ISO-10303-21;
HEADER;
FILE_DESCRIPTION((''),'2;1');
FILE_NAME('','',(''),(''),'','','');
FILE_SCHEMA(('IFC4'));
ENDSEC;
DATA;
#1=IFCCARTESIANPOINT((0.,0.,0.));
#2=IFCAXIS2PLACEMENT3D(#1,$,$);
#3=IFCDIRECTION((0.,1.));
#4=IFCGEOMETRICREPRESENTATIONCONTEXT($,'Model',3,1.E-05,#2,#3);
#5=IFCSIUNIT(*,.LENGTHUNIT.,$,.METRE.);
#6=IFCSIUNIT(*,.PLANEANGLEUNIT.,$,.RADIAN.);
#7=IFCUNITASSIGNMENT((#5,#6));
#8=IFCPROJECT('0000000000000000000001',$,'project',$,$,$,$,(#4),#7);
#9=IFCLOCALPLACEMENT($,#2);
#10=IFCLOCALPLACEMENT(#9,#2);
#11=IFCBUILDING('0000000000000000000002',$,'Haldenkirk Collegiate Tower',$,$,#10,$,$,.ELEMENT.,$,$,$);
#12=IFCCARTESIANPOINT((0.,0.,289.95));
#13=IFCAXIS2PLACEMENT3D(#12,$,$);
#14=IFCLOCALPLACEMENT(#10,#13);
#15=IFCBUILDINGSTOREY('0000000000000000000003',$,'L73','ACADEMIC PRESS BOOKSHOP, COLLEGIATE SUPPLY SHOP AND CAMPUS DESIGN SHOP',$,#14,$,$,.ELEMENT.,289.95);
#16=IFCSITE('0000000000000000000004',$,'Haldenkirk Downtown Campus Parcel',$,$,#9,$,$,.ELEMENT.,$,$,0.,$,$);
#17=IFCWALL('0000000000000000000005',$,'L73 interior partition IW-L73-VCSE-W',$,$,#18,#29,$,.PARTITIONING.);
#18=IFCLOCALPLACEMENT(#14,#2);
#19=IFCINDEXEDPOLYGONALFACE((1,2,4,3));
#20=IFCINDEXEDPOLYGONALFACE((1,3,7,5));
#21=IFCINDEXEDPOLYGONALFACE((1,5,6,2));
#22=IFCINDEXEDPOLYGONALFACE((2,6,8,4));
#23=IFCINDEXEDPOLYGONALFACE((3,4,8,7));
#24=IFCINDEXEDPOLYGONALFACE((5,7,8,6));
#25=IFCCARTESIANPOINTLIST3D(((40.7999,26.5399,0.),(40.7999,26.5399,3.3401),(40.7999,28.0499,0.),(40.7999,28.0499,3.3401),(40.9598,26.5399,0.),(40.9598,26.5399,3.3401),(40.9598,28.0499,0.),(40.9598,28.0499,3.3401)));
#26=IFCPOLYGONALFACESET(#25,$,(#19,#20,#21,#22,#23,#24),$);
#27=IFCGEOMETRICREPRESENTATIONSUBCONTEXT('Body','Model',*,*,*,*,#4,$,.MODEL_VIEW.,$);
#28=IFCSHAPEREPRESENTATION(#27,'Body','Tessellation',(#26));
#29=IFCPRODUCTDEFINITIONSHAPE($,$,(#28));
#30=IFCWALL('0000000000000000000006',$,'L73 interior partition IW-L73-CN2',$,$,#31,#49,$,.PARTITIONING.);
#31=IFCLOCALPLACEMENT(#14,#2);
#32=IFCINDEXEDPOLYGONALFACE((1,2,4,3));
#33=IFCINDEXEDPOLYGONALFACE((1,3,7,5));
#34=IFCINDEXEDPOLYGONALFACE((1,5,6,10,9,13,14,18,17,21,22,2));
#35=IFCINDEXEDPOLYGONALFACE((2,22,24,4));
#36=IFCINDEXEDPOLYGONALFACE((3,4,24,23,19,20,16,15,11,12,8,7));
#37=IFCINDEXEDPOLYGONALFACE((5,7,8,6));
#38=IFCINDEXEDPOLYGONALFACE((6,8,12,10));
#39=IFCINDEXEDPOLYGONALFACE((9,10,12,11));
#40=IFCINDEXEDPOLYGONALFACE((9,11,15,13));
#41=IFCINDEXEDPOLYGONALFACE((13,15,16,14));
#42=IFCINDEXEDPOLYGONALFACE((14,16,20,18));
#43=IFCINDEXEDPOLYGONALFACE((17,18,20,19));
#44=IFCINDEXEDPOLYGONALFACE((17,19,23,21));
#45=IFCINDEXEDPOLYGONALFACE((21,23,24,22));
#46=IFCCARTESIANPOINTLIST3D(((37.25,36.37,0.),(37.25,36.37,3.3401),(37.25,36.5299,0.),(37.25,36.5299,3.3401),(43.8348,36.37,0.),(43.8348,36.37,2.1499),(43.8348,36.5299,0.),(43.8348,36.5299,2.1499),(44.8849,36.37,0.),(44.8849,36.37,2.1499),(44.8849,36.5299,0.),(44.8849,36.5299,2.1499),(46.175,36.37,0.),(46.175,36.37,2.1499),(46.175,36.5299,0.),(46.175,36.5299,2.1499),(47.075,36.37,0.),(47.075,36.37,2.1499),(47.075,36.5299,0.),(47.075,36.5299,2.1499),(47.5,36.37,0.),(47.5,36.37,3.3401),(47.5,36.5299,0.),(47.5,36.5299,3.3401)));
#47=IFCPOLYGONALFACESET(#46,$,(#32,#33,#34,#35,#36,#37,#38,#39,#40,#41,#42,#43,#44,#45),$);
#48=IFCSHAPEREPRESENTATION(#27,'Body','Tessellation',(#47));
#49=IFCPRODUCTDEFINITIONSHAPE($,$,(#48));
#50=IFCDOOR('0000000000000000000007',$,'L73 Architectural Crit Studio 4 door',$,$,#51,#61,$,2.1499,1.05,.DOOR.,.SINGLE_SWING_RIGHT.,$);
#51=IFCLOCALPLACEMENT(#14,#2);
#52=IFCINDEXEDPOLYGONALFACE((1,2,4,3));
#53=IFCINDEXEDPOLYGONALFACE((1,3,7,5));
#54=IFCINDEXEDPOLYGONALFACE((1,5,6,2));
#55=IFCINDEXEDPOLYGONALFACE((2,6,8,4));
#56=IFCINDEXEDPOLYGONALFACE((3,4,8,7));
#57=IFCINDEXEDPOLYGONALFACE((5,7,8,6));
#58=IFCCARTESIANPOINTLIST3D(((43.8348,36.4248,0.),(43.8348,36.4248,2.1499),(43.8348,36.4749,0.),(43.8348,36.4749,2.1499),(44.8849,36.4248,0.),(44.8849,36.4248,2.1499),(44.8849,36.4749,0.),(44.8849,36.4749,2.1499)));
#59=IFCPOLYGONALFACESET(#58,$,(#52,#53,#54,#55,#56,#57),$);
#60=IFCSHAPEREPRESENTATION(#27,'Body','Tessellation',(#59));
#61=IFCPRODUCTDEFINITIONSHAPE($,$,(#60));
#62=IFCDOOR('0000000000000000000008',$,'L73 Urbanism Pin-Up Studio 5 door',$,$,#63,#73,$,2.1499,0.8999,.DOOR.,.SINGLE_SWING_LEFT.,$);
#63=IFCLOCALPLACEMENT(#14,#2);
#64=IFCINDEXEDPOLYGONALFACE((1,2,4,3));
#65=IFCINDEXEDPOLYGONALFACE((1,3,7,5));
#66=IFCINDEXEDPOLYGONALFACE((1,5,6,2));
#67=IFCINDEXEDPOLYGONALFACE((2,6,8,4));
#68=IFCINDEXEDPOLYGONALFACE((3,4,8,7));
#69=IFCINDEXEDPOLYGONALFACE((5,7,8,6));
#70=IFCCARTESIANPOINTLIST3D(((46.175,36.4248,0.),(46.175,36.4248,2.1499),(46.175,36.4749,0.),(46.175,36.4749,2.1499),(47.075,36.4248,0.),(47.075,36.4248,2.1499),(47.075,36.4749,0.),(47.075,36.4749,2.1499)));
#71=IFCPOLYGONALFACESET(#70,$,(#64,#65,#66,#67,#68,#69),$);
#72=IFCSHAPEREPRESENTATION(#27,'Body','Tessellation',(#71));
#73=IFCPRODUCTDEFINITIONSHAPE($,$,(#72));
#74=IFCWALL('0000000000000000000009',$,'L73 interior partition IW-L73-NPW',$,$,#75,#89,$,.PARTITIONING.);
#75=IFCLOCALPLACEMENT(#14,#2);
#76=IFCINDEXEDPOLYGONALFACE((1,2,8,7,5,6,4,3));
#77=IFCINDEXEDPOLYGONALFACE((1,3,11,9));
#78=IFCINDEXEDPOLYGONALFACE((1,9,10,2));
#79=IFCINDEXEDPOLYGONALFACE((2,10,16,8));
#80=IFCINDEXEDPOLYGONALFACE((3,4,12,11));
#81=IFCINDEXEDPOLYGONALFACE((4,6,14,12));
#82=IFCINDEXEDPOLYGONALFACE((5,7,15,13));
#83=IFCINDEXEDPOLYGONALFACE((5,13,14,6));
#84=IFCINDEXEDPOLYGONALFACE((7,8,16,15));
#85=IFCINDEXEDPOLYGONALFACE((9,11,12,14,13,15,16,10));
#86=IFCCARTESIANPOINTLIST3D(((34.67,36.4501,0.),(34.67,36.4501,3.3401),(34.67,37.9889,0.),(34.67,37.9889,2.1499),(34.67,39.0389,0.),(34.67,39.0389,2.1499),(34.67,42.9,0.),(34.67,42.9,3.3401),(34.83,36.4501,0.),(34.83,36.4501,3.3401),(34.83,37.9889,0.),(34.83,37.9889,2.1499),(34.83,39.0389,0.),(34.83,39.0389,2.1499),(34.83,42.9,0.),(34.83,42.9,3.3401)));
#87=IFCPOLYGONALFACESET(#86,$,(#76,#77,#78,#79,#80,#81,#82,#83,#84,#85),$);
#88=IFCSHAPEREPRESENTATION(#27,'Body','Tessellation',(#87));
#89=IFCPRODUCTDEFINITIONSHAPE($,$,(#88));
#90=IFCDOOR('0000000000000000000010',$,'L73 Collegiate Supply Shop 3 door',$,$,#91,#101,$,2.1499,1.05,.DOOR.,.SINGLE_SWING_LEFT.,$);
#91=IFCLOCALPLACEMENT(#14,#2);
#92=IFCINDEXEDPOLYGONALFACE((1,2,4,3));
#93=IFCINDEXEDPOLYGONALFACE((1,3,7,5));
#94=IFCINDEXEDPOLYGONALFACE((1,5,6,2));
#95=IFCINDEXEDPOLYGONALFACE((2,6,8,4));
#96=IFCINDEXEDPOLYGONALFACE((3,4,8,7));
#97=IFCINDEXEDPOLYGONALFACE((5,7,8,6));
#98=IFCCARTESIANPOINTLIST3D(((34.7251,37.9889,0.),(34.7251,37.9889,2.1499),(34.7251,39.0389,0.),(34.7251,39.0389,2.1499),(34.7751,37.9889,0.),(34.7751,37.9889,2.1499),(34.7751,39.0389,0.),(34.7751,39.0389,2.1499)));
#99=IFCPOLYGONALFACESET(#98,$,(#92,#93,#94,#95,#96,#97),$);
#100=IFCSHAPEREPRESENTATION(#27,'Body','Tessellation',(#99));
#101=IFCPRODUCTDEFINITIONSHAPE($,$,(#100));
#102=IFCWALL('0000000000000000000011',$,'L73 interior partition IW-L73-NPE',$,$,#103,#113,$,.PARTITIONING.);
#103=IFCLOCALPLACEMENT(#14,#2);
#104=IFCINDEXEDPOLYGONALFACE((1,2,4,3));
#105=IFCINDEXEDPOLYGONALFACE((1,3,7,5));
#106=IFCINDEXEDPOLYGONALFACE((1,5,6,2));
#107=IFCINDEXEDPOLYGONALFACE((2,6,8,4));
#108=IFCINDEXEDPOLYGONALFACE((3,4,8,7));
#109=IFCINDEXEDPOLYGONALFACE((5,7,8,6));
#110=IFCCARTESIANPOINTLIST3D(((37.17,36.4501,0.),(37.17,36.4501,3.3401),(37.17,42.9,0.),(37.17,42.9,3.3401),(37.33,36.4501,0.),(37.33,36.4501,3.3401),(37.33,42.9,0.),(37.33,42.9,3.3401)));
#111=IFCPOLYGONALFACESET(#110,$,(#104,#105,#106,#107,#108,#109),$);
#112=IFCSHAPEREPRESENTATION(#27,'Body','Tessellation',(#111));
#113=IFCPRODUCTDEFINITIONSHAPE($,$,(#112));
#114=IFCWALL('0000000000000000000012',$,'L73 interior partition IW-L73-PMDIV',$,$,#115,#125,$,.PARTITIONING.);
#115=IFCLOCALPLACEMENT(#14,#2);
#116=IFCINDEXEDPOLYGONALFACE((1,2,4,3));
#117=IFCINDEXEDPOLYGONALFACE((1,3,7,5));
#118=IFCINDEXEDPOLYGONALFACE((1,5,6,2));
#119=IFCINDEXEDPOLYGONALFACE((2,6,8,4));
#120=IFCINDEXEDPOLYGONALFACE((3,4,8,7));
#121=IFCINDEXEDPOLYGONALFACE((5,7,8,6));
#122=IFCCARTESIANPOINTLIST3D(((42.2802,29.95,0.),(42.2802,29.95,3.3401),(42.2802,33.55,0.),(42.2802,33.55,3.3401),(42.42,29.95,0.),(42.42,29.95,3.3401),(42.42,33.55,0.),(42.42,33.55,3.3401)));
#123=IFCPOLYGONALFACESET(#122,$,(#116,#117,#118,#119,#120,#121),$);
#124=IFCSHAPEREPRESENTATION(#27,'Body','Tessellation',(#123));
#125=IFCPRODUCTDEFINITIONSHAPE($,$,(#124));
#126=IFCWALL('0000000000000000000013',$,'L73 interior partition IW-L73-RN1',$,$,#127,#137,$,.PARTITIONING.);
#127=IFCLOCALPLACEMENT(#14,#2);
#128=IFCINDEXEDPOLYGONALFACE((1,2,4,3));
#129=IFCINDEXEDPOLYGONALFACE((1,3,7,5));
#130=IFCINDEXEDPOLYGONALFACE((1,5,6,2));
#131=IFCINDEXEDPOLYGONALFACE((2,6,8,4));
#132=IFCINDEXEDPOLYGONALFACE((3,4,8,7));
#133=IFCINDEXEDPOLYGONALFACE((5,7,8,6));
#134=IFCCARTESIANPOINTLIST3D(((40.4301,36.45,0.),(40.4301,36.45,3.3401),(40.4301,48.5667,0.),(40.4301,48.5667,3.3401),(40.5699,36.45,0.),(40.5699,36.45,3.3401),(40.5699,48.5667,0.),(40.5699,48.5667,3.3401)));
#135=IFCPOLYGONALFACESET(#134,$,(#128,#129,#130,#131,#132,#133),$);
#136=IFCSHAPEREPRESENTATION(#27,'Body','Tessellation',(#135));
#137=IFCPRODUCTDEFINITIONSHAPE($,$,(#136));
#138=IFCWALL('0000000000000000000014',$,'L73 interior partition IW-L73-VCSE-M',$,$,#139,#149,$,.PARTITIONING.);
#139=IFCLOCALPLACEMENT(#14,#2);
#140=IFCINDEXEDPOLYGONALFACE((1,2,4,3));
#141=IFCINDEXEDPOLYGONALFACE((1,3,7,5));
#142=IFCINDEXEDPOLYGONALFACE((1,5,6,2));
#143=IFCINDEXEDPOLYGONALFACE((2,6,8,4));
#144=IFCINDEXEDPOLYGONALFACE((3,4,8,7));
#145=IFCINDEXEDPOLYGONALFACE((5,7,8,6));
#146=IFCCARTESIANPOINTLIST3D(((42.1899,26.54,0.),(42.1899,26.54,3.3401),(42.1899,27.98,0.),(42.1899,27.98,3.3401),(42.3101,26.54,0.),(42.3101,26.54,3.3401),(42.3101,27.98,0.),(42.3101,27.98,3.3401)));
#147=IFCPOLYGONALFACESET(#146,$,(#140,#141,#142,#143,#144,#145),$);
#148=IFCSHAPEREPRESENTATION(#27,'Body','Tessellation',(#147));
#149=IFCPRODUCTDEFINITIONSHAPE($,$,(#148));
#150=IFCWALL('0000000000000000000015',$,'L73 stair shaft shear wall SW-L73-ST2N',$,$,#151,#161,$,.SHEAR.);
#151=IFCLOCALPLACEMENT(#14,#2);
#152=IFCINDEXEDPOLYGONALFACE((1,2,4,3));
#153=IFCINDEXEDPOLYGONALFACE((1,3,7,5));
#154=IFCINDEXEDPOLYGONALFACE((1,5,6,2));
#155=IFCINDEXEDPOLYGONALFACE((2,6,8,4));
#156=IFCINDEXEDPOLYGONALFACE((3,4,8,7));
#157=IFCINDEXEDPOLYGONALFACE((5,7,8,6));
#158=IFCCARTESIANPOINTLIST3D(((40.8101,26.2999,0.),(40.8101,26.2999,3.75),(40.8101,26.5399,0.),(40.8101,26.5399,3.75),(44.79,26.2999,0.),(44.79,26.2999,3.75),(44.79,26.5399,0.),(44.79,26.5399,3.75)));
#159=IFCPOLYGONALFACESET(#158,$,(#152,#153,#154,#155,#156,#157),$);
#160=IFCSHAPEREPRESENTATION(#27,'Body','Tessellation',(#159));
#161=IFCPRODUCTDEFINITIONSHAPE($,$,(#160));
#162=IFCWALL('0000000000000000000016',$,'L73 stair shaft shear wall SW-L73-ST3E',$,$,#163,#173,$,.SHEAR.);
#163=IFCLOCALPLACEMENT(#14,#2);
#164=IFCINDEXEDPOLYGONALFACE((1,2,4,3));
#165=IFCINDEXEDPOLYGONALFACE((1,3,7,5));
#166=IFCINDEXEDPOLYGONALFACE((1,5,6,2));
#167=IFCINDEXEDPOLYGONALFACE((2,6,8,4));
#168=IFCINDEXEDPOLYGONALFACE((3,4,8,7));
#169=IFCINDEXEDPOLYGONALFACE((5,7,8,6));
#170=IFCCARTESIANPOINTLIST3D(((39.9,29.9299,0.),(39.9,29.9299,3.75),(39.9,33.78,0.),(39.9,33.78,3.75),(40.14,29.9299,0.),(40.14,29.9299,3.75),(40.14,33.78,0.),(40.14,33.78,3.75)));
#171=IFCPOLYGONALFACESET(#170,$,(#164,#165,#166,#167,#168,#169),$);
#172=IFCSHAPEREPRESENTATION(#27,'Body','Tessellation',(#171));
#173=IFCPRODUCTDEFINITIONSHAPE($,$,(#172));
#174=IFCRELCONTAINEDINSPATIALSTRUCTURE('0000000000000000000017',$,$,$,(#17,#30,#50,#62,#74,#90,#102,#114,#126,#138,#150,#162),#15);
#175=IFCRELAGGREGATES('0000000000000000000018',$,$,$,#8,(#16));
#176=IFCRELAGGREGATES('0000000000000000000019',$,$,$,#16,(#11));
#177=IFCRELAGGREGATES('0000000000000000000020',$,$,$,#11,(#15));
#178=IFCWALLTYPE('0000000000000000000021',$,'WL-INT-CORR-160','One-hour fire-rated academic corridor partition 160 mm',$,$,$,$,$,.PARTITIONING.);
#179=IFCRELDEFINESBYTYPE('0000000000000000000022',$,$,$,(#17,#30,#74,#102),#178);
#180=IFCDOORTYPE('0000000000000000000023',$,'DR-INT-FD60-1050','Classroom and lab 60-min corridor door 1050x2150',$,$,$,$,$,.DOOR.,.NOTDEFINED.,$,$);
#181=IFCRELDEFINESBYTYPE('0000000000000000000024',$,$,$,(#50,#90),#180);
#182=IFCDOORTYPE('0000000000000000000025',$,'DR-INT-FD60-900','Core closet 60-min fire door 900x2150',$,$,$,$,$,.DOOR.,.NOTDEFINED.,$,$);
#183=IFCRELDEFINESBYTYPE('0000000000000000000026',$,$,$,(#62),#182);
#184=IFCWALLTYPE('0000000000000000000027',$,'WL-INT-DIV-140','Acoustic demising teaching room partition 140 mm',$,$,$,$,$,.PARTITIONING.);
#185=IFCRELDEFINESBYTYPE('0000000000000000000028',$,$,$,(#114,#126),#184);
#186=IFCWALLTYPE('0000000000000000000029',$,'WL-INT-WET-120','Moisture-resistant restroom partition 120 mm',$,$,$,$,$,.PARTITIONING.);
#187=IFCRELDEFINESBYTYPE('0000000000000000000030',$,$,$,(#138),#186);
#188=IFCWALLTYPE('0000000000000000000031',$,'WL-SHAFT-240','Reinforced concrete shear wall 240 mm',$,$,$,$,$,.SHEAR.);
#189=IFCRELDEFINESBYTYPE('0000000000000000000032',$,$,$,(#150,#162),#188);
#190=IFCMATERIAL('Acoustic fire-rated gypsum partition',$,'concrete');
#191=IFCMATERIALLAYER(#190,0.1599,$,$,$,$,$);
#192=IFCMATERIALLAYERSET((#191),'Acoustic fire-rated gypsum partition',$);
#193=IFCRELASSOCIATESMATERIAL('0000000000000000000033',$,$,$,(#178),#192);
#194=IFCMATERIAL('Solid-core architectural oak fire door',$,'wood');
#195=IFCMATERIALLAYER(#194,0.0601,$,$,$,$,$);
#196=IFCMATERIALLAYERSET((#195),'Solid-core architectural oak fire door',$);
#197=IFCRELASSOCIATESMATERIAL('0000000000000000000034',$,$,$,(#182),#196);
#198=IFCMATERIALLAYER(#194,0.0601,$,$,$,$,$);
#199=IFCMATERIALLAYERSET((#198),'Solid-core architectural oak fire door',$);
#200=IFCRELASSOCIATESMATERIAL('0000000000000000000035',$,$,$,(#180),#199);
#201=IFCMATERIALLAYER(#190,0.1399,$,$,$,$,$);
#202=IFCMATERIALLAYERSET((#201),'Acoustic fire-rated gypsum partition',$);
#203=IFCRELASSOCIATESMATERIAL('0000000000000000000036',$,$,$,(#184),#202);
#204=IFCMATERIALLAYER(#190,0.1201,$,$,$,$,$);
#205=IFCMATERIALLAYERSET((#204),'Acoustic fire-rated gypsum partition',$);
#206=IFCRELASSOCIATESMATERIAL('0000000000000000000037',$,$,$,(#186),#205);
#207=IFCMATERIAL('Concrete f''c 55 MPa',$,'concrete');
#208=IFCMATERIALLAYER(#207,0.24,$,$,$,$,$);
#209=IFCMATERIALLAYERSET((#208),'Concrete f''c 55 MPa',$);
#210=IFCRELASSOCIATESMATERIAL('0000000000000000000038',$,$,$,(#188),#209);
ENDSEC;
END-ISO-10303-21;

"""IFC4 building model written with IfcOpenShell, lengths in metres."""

from ifc_helpers import new_model, si_unit, direction, frame, frame_2d, origin, place, context, subcontext, project, spatial, rectangle, extrude, material, layer, layer_set, type_object, element, fill, save


model = new_model("IFC4")

# Units and contexts
model_context = context("Model", 3, precision=1e-05, world=origin(), true_north=direction((0.0, 1.0)))
body_context = subcontext(model_context, "Body", "Model", "MODEL_VIEW")
ifc_project = project(units=[si_unit("LENGTHUNIT", "METRE"), si_unit("PLANEANGLEUNIT", "RADIAN")], contexts=[model_context])

# Site, building, storey
site_placement = place(None, origin())
site = spatial("IfcSite", under=ifc_project, at=site_placement, Name="Haldenkirk Downtown Campus Parcel", CompositionType="ELEMENT", RefElevation=0.0)
building_placement = place(site_placement, origin())
building = spatial("IfcBuilding", under=site, at=building_placement, Name="Haldenkirk Collegiate Tower", CompositionType="ELEMENT")
storey_placement = place(building_placement, frame((0.0, 0.0, 289.95)))
storey = spatial("IfcBuildingStorey", under=building, at=storey_placement, Name="L73", Description="ACADEMIC PRESS BOOKSHOP, COLLEGIATE SUPPLY SHOP AND CAMPUS DESIGN SHOP", CompositionType="ELEMENT", Elevation=289.95)

# Shared definitions
ifc_material_1 = material(Name="Acoustic fire-rated gypsum partition", Category="concrete")
ifc_layer_1 = layer(ifc_material_1, 0.1599)
ifc_layer_set_1 = layer_set([ifc_layer_1], Name="Acoustic fire-rated gypsum partition")
wall_type_1 = type_object("IfcWallType", Name="WL-INT-CORR-160", Description="One-hour fire-rated academic corridor partition 160 mm", PredefinedType="PARTITIONING", material=ifc_layer_set_1)
ifc_material_2 = material(Name="Solid-core architectural oak fire door", Category="wood")
ifc_layer_2 = layer(ifc_material_2, 0.0601)
ifc_layer_set_2 = layer_set([ifc_layer_2], Name="Solid-core architectural oak fire door")
door_type_1 = type_object("IfcDoorType", Name="DR-INT-FD60-900", Description="Core closet 60-min fire door 900x2150", OperationType="NOTDEFINED", PredefinedType="DOOR", material=ifc_layer_set_2)

# Wall
wall_1_placement = place(storey_placement, frame((40.8799, 26.54, 0.0), z_axis=(0.0, 0.0, 1.0), x_axis=(0.0, 1.0, 0.0)))
element("IfcWall", 1, at=wall_1_placement, inside=storey, type_object=wall_type_1, Name="L73 interior partition IW-L73-VCSE-W", PredefinedType="PARTITIONING", context=body_context, shape_type="SweptSolid", body=[
    extrude(rectangle(XDim=1.51, YDim=0.1599, at=frame_2d((0.7549, 0.0))), origin(), (0.0, 0.0, 1.0), 3.3401),
])

# Wall, openings, doors
wall_2_placement = place(storey_placement, frame((37.25, 36.45, 0.0), z_axis=(0.0, 0.0, 1.0), x_axis=(1.0, 0.0, 0.0)))
wall_2 = element("IfcWall", 2, at=wall_2_placement, inside=storey, type_object=wall_type_1, Name="L73 interior partition IW-L73-CN2", PredefinedType="PARTITIONING", context=body_context, shape_type="SweptSolid", body=[
    extrude(rectangle(XDim=10.25, YDim=0.1599, at=frame_2d((5.125, 0.0))), origin(), (0.0, 0.0, 1.0), 3.3401),
])
opening_1_placement = place(wall_2_placement, frame((6.585, 0.0, 0.0)))
opening_1 = element("IfcOpeningElement", 3, at=opening_1_placement, cuts=wall_2, PredefinedType="OPENING", context=body_context, shape_type="SweptSolid", body=[
    extrude(rectangle(XDim=1.05, YDim=2.1499, at=frame_2d((0.5249, 1.075))), frame((0.0, 0.0898, 0.0), z_axis=(0.0, -1.0, 0.0), x_axis=(1.0, 0.0, 0.0)), (0.0, 0.0, 1.0), 0.1799),
])
opening_2_placement = place(wall_2_placement, frame((8.925, 0.0, 0.0)))
opening_2 = element("IfcOpeningElement", 4, at=opening_2_placement, cuts=wall_2, PredefinedType="OPENING", context=body_context, shape_type="SweptSolid", body=[
    extrude(rectangle(XDim=0.8999, YDim=2.1499, at=frame_2d((0.45, 1.075))), frame((0.0, 0.0898, 0.0), z_axis=(0.0, -1.0, 0.0), x_axis=(1.0, 0.0, 0.0)), (0.0, 0.0, 1.0), 0.1799),
])
ifc_layer_3 = layer(ifc_material_2, 0.0601)
ifc_layer_set_3 = layer_set([ifc_layer_3], Name="Solid-core architectural oak fire door")
door_type_2 = type_object("IfcDoorType", Name="DR-INT-FD60-1050", Description="Classroom and lab 60-min corridor door 1050x2150", OperationType="NOTDEFINED", PredefinedType="DOOR", material=ifc_layer_set_3)
door_1_placement = place(opening_1_placement, origin())
door_1 = element("IfcDoor", 5, at=door_1_placement, inside=storey, type_object=door_type_2, Name="L73 Architectural Crit Studio 4 door", OperationType="SINGLE_SWING_RIGHT", OverallHeight=2.1499, OverallWidth=1.05, PredefinedType="DOOR", context=body_context, shape_type="SweptSolid", body=[
    extrude(rectangle(XDim=1.05, YDim=2.1499, at=frame_2d((0.5249, 1.075))), frame((0.0, 0.0249, 0.0), z_axis=(0.0, -1.0, 0.0), x_axis=(1.0, 0.0, 0.0)), (0.0, 0.0, 1.0), 0.05),
])
fill(opening_1, door_1)
door_2_placement = place(opening_2_placement, origin())
door_2 = element("IfcDoor", 6, at=door_2_placement, inside=storey, type_object=door_type_1, Name="L73 Urbanism Pin-Up Studio 5 door", OperationType="SINGLE_SWING_LEFT", OverallHeight=2.1499, OverallWidth=0.8999, PredefinedType="DOOR", context=body_context, shape_type="SweptSolid", body=[
    extrude(rectangle(XDim=0.8999, YDim=2.1499, at=frame_2d((0.45, 1.075))), frame((0.0, 0.0249, 0.0), z_axis=(0.0, -1.0, 0.0), x_axis=(1.0, 0.0, 0.0)), (0.0, 0.0, 1.0), 0.05),
])
fill(opening_2, door_2)

# Wall, opening, door
wall_3_placement = place(storey_placement, frame((34.75, 36.45, 0.0), z_axis=(0.0, 0.0, 1.0), x_axis=(0.0, 1.0, 0.0)))
wall_3 = element("IfcWall", 7, at=wall_3_placement, inside=storey, type_object=wall_type_1, Name="L73 interior partition IW-L73-NPW", PredefinedType="PARTITIONING", context=body_context, shape_type="SweptSolid", body=[
    extrude(rectangle(XDim=6.45, YDim=0.1599, at=frame_2d((3.2251, 0.0))), origin(), (0.0, 0.0, 1.0), 3.3401),
])
opening_3_placement = place(wall_3_placement, frame((1.5391, 0.0, 0.0)))
opening_3 = element("IfcOpeningElement", 8, at=opening_3_placement, cuts=wall_3, PredefinedType="OPENING", context=body_context, shape_type="SweptSolid", body=[
    extrude(rectangle(XDim=1.05, YDim=2.1499, at=frame_2d((0.5249, 1.075))), frame((0.0, 0.0898, 0.0), z_axis=(0.0, -1.0, 0.0), x_axis=(1.0, 0.0, 0.0)), (0.0, 0.0, 1.0), 0.1799),
])
door_3_placement = place(opening_3_placement, origin())
door_3 = element("IfcDoor", 9, at=door_3_placement, inside=storey, type_object=door_type_2, Name="L73 Collegiate Supply Shop 3 door", OperationType="SINGLE_SWING_LEFT", OverallHeight=2.1499, OverallWidth=1.05, PredefinedType="DOOR", context=body_context, shape_type="SweptSolid", body=[
    extrude(rectangle(XDim=1.05, YDim=2.1499, at=frame_2d((0.5249, 1.075))), frame((0.0, 0.0249, 0.0), z_axis=(0.0, -1.0, 0.0), x_axis=(1.0, 0.0, 0.0)), (0.0, 0.0, 1.0), 0.05),
])
fill(opening_3, door_3)

# Walls
wall_4_placement = place(storey_placement, frame((37.25, 36.45, 0.0), z_axis=(0.0, 0.0, 1.0), x_axis=(0.0, 1.0, 0.0)))
element("IfcWall", 10, at=wall_4_placement, inside=storey, type_object=wall_type_1, Name="L73 interior partition IW-L73-NPE", PredefinedType="PARTITIONING", context=body_context, shape_type="SweptSolid", body=[
    extrude(rectangle(XDim=6.45, YDim=0.1599, at=frame_2d((3.2251, 0.0))), origin(), (0.0, 0.0, 1.0), 3.3401),
])
ifc_layer_4 = layer(ifc_material_1, 0.1399)
ifc_layer_set_4 = layer_set([ifc_layer_4], Name="Acoustic fire-rated gypsum partition")
wall_type_2 = type_object("IfcWallType", Name="WL-INT-DIV-140", Description="Acoustic demising teaching room partition 140 mm", PredefinedType="PARTITIONING", material=ifc_layer_set_4)
wall_5_placement = place(storey_placement, frame((42.3501, 29.95, 0.0), z_axis=(0.0, 0.0, 1.0), x_axis=(0.0, 1.0, 0.0)))
element("IfcWall", 11, at=wall_5_placement, inside=storey, type_object=wall_type_2, Name="L73 interior partition IW-L73-PMDIV", PredefinedType="PARTITIONING", context=body_context, shape_type="SweptSolid", body=[
    extrude(rectangle(XDim=3.6001, YDim=0.1399, at=frame_2d((1.8, 0.0))), origin(), (0.0, 0.0, 1.0), 3.3401),
])
wall_6_placement = place(storey_placement, frame((40.5, 36.45, 0.0), z_axis=(0.0, 0.0, 1.0), x_axis=(0.0, 1.0, 0.0)))
element("IfcWall", 12, at=wall_6_placement, inside=storey, type_object=wall_type_2, Name="L73 interior partition IW-L73-RN1", PredefinedType="PARTITIONING", context=body_context, shape_type="SweptSolid", body=[
    extrude(rectangle(XDim=12.1167, YDim=0.1399, at=frame_2d((6.0583, 0.0))), origin(), (0.0, 0.0, 1.0), 3.3401),
])
ifc_layer_5 = layer(ifc_material_1, 0.1201)
ifc_layer_set_5 = layer_set([ifc_layer_5], Name="Acoustic fire-rated gypsum partition")
wall_type_3 = type_object("IfcWallType", Name="WL-INT-WET-120", Description="Moisture-resistant restroom partition 120 mm", PredefinedType="PARTITIONING", material=ifc_layer_set_5)
wall_7_placement = place(storey_placement, frame((42.25, 26.54, 0.0), z_axis=(0.0, 0.0, 1.0), x_axis=(0.0, 1.0, 0.0)))
element("IfcWall", 13, at=wall_7_placement, inside=storey, type_object=wall_type_3, Name="L73 interior partition IW-L73-VCSE-M", PredefinedType="PARTITIONING", context=body_context, shape_type="SweptSolid", body=[
    extrude(rectangle(XDim=1.4399, YDim=0.1201, at=frame_2d((0.72, 0.0))), origin(), (0.0, 0.0, 1.0), 3.3401),
])
ifc_material_3 = material(Name="Concrete f'c 55 MPa", Category="concrete")
ifc_layer_6 = layer(ifc_material_3, 0.24)
ifc_layer_set_6 = layer_set([ifc_layer_6], Name="Concrete f'c 55 MPa")
wall_type_4 = type_object("IfcWallType", Name="WL-SHAFT-240", Description="Reinforced concrete shear wall 240 mm", PredefinedType="SHEAR", material=ifc_layer_set_6)
wall_8_placement = place(storey_placement, frame((40.8101, 26.4199, 0.0), z_axis=(0.0, 0.0, 1.0), x_axis=(1.0, 0.0, 0.0)))
element("IfcWall", 14, at=wall_8_placement, inside=storey, type_object=wall_type_4, Name="L73 stair shaft shear wall SW-L73-ST2N", PredefinedType="SHEAR", context=body_context, shape_type="SweptSolid", body=[
    extrude(rectangle(XDim=3.98, YDim=0.24, at=frame_2d((1.99, 0.0))), origin(), (0.0, 0.0, 1.0), 3.75),
])
wall_9_placement = place(storey_placement, frame((40.02, 29.9299, 0.0), z_axis=(0.0, 0.0, 1.0), x_axis=(0.0, 1.0, 0.0)))
element("IfcWall", 15, at=wall_9_placement, inside=storey, type_object=wall_type_4, Name="L73 stair shaft shear wall SW-L73-ST3E", PredefinedType="SHEAR", context=body_context, shape_type="SweptSolid", body=[
    extrude(rectangle(XDim=3.8501, YDim=0.24, at=frame_2d((1.925, 0.0))), origin(), (0.0, 0.0, 1.0), 3.75),
])

save(model, "model.ifc")
